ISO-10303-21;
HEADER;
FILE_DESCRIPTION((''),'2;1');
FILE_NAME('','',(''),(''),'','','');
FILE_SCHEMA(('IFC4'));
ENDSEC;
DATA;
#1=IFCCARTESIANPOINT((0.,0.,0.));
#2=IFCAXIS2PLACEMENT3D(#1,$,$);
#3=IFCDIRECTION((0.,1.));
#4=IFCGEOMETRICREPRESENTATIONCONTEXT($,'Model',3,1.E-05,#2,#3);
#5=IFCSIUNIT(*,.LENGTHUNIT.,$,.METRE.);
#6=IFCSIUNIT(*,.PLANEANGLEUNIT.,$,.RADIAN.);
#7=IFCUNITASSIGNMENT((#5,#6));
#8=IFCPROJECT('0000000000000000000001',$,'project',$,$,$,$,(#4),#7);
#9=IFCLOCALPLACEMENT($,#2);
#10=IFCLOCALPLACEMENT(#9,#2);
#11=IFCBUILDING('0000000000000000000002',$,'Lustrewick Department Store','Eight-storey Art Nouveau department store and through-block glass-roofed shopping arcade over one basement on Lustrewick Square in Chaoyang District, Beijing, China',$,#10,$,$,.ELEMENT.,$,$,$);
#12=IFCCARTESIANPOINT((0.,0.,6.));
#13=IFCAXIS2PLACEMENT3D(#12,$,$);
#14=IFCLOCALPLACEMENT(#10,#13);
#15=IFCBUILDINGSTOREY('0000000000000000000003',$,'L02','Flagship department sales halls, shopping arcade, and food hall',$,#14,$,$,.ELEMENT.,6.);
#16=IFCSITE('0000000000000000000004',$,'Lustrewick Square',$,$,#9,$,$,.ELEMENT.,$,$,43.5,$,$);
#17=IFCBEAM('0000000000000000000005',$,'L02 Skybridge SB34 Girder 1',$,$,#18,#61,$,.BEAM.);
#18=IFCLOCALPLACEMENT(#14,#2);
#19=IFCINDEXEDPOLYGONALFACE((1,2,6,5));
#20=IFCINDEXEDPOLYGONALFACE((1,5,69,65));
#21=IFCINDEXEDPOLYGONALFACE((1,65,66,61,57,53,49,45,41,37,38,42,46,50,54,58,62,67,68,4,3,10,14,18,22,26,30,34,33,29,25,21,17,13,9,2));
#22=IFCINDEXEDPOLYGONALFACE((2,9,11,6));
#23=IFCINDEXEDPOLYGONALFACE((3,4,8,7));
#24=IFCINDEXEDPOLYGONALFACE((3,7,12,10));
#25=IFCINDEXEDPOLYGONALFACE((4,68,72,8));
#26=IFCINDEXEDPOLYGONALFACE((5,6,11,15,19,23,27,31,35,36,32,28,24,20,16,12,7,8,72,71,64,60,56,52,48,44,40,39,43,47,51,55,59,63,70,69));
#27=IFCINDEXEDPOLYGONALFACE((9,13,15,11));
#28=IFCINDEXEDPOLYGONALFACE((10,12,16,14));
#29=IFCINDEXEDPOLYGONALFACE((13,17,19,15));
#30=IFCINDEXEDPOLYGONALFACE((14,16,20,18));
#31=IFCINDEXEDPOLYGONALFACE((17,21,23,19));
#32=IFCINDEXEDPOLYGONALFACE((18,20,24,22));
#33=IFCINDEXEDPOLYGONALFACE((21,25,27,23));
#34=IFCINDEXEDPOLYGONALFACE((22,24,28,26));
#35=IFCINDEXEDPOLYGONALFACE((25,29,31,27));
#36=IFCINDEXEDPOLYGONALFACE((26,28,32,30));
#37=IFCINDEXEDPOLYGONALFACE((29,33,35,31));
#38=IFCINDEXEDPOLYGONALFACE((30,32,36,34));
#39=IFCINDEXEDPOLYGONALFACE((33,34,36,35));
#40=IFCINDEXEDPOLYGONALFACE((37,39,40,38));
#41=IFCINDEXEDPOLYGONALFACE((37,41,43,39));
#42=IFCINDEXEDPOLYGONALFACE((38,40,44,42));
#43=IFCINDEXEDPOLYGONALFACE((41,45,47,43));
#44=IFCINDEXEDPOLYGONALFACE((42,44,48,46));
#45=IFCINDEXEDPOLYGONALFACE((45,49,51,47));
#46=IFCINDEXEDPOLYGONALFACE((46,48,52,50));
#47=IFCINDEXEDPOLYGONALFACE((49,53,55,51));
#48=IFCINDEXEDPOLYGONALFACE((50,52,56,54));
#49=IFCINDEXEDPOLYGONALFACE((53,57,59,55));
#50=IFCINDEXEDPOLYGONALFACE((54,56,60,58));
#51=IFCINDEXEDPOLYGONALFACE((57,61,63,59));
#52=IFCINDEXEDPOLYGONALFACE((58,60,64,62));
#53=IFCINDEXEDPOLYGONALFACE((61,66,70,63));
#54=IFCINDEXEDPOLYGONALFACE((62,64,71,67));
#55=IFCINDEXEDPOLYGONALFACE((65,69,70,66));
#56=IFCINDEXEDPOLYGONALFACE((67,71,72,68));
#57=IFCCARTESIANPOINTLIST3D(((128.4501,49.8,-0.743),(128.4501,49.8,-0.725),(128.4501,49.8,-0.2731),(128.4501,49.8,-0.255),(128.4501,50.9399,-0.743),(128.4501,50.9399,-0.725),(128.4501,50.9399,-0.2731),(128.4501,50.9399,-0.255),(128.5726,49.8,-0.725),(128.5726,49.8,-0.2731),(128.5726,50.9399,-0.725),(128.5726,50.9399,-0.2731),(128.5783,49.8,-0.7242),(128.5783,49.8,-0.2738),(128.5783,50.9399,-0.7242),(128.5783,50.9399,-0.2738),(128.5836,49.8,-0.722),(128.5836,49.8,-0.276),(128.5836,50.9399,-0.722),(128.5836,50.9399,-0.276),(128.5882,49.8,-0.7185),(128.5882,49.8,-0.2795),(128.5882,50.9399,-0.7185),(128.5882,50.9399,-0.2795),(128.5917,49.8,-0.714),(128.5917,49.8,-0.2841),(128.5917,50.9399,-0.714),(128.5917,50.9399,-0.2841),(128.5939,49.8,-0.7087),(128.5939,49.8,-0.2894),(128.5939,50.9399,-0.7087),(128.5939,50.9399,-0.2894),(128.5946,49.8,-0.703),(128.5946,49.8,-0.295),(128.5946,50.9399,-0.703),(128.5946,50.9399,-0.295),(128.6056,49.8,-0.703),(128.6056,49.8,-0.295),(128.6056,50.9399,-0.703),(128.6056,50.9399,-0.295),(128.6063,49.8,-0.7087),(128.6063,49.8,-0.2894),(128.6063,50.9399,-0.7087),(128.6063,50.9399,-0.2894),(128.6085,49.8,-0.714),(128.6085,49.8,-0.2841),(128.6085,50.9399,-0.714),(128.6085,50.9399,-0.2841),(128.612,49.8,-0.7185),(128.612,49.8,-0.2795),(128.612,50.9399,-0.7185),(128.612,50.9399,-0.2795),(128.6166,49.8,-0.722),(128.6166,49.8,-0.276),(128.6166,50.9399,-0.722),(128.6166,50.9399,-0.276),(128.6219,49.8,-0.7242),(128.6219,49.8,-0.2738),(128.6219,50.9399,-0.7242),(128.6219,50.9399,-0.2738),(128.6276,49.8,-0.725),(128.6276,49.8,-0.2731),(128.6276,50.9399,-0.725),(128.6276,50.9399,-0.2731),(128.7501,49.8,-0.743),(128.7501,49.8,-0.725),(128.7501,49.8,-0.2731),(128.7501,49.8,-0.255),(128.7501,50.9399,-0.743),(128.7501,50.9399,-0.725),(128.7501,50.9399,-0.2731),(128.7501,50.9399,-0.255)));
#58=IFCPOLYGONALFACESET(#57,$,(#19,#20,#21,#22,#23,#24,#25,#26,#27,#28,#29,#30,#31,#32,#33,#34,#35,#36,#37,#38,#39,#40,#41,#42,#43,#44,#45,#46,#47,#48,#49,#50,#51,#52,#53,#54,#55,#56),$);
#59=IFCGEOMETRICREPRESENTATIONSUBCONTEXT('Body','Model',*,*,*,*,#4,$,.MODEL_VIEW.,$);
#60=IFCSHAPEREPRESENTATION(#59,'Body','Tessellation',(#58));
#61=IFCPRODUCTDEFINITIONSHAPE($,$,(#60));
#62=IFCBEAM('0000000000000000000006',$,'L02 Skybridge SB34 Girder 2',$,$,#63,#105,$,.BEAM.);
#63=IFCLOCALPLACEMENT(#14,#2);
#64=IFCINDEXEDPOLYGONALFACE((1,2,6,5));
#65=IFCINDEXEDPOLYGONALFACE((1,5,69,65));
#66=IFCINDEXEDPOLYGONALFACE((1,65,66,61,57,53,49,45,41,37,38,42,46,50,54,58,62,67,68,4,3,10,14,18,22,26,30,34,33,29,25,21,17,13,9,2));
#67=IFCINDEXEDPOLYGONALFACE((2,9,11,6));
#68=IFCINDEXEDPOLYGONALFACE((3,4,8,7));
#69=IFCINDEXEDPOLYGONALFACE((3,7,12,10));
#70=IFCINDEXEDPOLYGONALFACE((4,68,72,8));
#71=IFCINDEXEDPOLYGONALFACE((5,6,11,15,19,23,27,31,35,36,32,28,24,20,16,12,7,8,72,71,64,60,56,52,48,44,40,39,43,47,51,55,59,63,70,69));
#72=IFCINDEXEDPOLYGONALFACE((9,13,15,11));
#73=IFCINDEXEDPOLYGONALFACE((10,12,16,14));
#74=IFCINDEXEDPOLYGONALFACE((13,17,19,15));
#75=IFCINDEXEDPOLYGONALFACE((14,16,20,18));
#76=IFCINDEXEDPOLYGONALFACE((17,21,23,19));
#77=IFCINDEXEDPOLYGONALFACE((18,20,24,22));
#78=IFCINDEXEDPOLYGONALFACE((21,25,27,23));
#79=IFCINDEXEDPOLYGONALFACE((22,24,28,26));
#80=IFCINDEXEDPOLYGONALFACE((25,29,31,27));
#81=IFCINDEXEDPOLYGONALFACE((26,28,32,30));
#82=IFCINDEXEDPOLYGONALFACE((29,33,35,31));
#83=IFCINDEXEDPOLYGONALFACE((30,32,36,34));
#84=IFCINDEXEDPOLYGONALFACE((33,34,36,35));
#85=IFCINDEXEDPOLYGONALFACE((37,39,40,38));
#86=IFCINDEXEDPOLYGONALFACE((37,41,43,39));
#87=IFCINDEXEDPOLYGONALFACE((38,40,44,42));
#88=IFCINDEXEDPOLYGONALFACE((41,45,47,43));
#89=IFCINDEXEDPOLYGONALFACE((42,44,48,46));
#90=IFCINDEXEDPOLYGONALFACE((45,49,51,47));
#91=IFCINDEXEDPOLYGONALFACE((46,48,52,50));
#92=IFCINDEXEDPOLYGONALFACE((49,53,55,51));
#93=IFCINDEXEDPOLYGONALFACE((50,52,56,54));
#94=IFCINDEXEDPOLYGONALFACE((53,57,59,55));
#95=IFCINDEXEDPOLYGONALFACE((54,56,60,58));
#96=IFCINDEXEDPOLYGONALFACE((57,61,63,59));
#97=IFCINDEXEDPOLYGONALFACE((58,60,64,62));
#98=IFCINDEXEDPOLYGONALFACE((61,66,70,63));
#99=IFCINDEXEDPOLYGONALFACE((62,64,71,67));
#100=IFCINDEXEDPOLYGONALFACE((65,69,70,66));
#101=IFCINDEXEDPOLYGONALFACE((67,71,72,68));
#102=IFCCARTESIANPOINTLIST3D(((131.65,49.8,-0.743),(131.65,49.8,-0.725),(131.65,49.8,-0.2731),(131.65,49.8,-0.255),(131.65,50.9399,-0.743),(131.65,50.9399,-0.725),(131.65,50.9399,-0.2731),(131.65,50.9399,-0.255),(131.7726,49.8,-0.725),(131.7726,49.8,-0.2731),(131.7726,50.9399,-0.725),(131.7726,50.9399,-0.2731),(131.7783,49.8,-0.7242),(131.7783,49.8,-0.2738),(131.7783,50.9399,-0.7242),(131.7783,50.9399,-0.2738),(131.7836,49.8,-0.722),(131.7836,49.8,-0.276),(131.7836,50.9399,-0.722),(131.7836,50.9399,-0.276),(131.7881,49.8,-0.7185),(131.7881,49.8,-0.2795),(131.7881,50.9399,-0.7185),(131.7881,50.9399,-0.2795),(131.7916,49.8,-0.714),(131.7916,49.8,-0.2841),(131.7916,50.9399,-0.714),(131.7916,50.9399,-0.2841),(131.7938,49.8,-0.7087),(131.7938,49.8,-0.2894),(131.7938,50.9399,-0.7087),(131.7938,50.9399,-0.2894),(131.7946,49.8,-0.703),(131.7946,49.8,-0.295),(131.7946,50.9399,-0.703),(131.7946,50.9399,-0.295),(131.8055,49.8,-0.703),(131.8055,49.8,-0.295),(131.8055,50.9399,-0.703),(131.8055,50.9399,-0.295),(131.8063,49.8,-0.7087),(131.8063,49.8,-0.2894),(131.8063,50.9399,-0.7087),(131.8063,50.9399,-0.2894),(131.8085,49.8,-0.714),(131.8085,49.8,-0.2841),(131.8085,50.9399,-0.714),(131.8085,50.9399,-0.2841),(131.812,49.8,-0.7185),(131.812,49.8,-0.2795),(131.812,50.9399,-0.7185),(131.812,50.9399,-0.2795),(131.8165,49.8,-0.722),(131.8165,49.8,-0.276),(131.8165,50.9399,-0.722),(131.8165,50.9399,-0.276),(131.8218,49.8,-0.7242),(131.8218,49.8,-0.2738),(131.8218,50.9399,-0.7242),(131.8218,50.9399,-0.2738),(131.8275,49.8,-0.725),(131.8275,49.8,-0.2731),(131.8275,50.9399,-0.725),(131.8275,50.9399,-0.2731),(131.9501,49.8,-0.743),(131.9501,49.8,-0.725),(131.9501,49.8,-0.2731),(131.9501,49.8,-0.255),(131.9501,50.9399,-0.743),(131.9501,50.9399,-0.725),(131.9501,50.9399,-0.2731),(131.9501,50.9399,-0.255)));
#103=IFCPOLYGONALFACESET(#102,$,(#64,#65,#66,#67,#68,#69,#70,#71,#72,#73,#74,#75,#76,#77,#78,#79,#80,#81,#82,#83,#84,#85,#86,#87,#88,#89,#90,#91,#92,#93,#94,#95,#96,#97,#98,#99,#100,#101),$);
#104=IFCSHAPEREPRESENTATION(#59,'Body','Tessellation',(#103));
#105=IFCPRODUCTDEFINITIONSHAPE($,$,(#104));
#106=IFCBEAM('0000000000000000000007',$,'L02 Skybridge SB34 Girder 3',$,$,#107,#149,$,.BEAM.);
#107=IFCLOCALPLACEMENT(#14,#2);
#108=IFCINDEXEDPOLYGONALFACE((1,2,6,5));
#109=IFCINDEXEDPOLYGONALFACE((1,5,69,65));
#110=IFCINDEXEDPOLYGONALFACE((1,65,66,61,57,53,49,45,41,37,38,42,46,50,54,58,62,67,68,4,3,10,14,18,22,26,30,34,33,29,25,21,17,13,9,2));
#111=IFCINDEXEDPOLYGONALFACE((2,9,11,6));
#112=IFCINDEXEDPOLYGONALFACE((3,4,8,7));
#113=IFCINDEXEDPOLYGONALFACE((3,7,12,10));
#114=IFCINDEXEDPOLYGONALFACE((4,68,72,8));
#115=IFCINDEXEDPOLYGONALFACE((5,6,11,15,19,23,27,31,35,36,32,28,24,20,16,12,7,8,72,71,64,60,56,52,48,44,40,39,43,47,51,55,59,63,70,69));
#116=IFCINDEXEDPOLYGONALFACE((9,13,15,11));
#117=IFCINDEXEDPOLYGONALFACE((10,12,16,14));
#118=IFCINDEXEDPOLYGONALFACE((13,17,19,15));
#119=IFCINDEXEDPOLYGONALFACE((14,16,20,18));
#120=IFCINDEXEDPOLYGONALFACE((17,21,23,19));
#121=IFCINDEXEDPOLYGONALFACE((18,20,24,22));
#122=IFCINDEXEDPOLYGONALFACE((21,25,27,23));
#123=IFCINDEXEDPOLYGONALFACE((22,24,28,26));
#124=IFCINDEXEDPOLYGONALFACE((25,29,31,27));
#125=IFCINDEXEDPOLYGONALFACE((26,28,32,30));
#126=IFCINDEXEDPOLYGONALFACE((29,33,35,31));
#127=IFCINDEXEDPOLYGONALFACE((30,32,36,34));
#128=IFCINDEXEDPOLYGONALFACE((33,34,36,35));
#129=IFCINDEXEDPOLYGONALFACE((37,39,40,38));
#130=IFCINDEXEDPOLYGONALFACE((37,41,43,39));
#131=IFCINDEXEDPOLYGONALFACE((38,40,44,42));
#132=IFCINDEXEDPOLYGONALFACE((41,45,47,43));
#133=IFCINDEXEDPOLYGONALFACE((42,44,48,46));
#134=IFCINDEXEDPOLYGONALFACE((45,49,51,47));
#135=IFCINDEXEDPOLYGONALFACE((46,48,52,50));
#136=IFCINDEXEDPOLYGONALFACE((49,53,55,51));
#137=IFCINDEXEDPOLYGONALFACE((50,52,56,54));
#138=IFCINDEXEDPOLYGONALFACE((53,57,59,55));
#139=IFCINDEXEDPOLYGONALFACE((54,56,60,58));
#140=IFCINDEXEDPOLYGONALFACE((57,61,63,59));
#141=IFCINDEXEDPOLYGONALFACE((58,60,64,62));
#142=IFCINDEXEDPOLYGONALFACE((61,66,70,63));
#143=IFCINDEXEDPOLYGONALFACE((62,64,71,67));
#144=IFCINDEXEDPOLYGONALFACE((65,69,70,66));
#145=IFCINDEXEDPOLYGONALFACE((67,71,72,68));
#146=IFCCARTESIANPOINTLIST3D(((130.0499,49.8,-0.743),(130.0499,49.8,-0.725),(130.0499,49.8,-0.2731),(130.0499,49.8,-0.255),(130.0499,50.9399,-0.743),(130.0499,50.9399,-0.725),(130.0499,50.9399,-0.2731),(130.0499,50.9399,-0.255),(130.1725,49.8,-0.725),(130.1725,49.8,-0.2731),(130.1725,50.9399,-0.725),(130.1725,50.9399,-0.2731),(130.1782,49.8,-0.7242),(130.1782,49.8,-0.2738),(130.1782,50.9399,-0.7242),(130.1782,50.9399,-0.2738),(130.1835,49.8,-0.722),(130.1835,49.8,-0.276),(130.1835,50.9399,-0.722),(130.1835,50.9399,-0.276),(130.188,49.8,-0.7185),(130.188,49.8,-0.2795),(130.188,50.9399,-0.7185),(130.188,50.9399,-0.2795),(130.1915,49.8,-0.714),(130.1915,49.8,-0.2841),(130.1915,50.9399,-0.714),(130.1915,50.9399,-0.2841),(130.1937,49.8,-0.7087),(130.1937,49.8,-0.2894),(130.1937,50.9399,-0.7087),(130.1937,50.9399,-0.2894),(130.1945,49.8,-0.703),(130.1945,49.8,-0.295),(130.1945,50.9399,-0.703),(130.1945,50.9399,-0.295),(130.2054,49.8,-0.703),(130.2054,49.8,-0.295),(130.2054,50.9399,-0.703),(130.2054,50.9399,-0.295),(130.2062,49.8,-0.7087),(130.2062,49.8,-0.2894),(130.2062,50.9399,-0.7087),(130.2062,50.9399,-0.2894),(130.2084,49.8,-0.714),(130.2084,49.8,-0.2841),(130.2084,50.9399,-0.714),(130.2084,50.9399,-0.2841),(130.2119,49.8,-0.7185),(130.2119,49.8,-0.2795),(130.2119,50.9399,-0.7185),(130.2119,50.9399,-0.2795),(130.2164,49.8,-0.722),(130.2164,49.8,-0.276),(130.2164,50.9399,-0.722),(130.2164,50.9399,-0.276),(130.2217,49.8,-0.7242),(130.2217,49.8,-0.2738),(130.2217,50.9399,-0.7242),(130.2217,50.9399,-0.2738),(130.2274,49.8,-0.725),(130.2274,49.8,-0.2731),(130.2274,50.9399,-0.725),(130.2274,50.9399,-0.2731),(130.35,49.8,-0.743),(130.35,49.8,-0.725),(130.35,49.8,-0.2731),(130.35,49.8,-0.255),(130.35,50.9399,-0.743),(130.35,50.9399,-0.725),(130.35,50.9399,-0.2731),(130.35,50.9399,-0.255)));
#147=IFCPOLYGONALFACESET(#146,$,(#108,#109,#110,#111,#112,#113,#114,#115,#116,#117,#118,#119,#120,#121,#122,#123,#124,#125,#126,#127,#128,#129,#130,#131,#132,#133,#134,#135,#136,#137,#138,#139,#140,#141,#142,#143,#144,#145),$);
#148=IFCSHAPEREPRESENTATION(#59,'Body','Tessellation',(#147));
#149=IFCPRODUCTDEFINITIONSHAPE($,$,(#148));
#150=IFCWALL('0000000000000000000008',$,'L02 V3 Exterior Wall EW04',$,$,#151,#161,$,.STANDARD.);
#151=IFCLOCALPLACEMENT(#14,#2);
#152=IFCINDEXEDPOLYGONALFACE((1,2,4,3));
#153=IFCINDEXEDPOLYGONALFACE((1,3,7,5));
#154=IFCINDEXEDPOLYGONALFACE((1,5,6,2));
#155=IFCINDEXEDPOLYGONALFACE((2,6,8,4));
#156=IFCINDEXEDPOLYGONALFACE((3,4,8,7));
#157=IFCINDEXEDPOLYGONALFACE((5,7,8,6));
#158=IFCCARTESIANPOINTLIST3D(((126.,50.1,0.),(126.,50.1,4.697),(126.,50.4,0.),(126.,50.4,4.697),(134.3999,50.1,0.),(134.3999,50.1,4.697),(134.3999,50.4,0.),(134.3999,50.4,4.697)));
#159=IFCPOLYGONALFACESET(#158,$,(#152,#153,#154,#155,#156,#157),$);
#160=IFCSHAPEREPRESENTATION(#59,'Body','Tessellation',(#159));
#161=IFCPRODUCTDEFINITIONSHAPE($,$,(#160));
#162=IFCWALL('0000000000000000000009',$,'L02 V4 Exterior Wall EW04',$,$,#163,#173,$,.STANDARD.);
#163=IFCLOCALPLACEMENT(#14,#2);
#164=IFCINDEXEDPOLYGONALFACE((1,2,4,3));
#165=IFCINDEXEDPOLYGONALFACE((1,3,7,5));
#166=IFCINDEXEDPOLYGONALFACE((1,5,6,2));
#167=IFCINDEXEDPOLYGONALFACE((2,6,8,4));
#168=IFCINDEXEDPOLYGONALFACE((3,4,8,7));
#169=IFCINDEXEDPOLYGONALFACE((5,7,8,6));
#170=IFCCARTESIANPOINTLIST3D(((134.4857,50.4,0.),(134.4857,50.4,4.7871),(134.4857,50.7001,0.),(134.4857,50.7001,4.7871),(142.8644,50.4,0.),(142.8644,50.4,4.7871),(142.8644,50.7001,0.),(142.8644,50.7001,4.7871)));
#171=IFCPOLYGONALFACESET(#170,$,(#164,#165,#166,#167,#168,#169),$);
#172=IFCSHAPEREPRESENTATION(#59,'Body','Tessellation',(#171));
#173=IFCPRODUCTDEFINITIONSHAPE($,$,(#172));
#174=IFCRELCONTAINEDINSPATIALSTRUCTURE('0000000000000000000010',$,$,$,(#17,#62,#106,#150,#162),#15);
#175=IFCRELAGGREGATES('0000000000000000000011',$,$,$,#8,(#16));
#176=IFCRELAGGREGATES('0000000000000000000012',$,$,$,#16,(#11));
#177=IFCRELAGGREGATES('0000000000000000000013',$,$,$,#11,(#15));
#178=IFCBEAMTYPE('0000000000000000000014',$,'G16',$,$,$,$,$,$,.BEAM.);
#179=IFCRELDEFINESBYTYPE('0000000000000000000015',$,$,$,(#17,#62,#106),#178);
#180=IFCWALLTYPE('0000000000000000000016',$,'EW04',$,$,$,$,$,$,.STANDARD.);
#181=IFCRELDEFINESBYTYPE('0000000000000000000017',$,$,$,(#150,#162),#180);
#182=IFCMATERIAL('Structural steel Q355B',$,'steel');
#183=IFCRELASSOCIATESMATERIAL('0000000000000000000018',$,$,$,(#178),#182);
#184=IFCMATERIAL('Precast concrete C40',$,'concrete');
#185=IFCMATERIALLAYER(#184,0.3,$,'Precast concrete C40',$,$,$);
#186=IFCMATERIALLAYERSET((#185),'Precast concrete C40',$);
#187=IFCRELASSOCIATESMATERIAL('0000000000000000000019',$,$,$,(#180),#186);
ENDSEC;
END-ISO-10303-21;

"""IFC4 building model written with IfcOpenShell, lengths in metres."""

from ifc_helpers import new_model, si_unit, direction, frame, frame_2d, origin, origin_2d, place, context, subcontext, project, spatial, rectangle, i_section, extrude, material, layer, layer_set, material_profile, profile_set, type_object, element, save


model = new_model("IFC4")

# Units and contexts
model_context = context("Model", 3, precision=1e-05, world=origin(), true_north=direction((0.0, 1.0)))
body_context = subcontext(model_context, "Body", "Model", "MODEL_VIEW")
ifc_project = project(units=[si_unit("LENGTHUNIT", "METRE"), si_unit("PLANEANGLEUNIT", "RADIAN")], contexts=[model_context])

# Site, building, storey
site_placement = place(None, origin())
site = spatial("IfcSite", under=ifc_project, at=site_placement, Name="Lustrewick Square", CompositionType="ELEMENT", RefElevation=43.5)
building_placement = place(site_placement, origin())
building = spatial("IfcBuilding", under=site, at=building_placement, Name="Lustrewick Department Store", Description="Eight-storey Art Nouveau department store and through-block glass-roofed shopping arcade over one basement on Lustrewick Square in Chaoyang District, Beijing, China", CompositionType="ELEMENT")
storey_placement = place(building_placement, frame((0.0, 0.0, 6.0)))
storey = spatial("IfcBuildingStorey", under=building, at=storey_placement, Name="L02", Description="Flagship department sales halls, shopping arcade, and food hall", CompositionType="ELEMENT", Elevation=6.0)

# Shared definitions
ifc_material_1 = material(Name="Structural steel Q355B", Category="steel")

# Beams
ifc_material_profile_1 = material_profile(ifc_material_1, i_section(OverallWidth=0.3, OverallDepth=0.488, WebThickness=0.011, FlangeThickness=0.0181, FilletRadius=0.022, at=origin_2d()), Name="HM 488x300x11x18")
ifc_profile_set_1 = profile_set([ifc_material_profile_1], Name="Structural steel Q355B")
beam_type_1 = type_object("IfcBeamType", Name="G16", PredefinedType="BEAM", material=ifc_profile_set_1)
for number, where, z_axis, x_axis, name in (
    (1, (128.6001, 49.8, -0.499), (0.0, 1.0, 0.0), (-1.0, 0.0, 0.0), "L02 Skybridge SB34 Girder 1"),
    (2, (131.8, 49.8, -0.499), (0.0, 1.0, 0.0), (-1.0, 0.0, 0.0), "L02 Skybridge SB34 Girder 2"),
    (3, (130.2, 49.8, -0.499), (0.0, 1.0, 0.0), (-1.0, 0.0, 0.0), "L02 Skybridge SB34 Girder 3"),
):
    element("IfcBeam", number, at=place(storey_placement, frame(where, z_axis=z_axis, x_axis=x_axis)), inside=storey, type_object=beam_type_1, Name=name, PredefinedType="BEAM", context=body_context, shape_type="SweptSolid", body=[
        extrude(i_section(OverallWidth=0.3, OverallDepth=0.488, WebThickness=0.011, FlangeThickness=0.0181, FilletRadius=0.022, at=origin_2d()), origin(), (0.0, 0.0, 1.0), 1.1399),
    ])

# Walls
ifc_material_2 = material(Name="Precast concrete C40", Category="concrete")
ifc_layer = layer(ifc_material_2, 0.3, Name="Precast concrete C40")
ifc_layer_set = layer_set([ifc_layer], Name="Precast concrete C40")
wall_type = type_object("IfcWallType", Name="EW04", PredefinedType="STANDARD", material=ifc_layer_set)
wall_1_placement = place(storey_placement, frame((134.3999, 50.25, 0.0), z_axis=(0.0, 0.0, 1.0), x_axis=(-1.0, 0.0, 0.0)))
element("IfcWall", 4, at=wall_1_placement, inside=storey, type_object=wall_type, Name="L02 V3 Exterior Wall EW04", PredefinedType="STANDARD", context=body_context, shape_type="SweptSolid", body=[
    extrude(rectangle(XDim=8.3999, YDim=0.3, at=frame_2d((4.2, 0.0))), origin(), (0.0, 0.0, 1.0), 4.697),
])
wall_2_placement = place(storey_placement, frame((134.4856, 50.55, 0.0), z_axis=(0.0, 0.0, 1.0), x_axis=(1.0, 0.0, 0.0)))
element("IfcWall", 5, at=wall_2_placement, inside=storey, type_object=wall_type, Name="L02 V4 Exterior Wall EW04", PredefinedType="STANDARD", context=body_context, shape_type="SweptSolid", body=[
    extrude(rectangle(XDim=8.3787, YDim=0.3, at=frame_2d((4.1895, 0.0))), origin(), (0.0, 0.0, 1.0), 4.7871),
])

save(model, "model.ifc")
